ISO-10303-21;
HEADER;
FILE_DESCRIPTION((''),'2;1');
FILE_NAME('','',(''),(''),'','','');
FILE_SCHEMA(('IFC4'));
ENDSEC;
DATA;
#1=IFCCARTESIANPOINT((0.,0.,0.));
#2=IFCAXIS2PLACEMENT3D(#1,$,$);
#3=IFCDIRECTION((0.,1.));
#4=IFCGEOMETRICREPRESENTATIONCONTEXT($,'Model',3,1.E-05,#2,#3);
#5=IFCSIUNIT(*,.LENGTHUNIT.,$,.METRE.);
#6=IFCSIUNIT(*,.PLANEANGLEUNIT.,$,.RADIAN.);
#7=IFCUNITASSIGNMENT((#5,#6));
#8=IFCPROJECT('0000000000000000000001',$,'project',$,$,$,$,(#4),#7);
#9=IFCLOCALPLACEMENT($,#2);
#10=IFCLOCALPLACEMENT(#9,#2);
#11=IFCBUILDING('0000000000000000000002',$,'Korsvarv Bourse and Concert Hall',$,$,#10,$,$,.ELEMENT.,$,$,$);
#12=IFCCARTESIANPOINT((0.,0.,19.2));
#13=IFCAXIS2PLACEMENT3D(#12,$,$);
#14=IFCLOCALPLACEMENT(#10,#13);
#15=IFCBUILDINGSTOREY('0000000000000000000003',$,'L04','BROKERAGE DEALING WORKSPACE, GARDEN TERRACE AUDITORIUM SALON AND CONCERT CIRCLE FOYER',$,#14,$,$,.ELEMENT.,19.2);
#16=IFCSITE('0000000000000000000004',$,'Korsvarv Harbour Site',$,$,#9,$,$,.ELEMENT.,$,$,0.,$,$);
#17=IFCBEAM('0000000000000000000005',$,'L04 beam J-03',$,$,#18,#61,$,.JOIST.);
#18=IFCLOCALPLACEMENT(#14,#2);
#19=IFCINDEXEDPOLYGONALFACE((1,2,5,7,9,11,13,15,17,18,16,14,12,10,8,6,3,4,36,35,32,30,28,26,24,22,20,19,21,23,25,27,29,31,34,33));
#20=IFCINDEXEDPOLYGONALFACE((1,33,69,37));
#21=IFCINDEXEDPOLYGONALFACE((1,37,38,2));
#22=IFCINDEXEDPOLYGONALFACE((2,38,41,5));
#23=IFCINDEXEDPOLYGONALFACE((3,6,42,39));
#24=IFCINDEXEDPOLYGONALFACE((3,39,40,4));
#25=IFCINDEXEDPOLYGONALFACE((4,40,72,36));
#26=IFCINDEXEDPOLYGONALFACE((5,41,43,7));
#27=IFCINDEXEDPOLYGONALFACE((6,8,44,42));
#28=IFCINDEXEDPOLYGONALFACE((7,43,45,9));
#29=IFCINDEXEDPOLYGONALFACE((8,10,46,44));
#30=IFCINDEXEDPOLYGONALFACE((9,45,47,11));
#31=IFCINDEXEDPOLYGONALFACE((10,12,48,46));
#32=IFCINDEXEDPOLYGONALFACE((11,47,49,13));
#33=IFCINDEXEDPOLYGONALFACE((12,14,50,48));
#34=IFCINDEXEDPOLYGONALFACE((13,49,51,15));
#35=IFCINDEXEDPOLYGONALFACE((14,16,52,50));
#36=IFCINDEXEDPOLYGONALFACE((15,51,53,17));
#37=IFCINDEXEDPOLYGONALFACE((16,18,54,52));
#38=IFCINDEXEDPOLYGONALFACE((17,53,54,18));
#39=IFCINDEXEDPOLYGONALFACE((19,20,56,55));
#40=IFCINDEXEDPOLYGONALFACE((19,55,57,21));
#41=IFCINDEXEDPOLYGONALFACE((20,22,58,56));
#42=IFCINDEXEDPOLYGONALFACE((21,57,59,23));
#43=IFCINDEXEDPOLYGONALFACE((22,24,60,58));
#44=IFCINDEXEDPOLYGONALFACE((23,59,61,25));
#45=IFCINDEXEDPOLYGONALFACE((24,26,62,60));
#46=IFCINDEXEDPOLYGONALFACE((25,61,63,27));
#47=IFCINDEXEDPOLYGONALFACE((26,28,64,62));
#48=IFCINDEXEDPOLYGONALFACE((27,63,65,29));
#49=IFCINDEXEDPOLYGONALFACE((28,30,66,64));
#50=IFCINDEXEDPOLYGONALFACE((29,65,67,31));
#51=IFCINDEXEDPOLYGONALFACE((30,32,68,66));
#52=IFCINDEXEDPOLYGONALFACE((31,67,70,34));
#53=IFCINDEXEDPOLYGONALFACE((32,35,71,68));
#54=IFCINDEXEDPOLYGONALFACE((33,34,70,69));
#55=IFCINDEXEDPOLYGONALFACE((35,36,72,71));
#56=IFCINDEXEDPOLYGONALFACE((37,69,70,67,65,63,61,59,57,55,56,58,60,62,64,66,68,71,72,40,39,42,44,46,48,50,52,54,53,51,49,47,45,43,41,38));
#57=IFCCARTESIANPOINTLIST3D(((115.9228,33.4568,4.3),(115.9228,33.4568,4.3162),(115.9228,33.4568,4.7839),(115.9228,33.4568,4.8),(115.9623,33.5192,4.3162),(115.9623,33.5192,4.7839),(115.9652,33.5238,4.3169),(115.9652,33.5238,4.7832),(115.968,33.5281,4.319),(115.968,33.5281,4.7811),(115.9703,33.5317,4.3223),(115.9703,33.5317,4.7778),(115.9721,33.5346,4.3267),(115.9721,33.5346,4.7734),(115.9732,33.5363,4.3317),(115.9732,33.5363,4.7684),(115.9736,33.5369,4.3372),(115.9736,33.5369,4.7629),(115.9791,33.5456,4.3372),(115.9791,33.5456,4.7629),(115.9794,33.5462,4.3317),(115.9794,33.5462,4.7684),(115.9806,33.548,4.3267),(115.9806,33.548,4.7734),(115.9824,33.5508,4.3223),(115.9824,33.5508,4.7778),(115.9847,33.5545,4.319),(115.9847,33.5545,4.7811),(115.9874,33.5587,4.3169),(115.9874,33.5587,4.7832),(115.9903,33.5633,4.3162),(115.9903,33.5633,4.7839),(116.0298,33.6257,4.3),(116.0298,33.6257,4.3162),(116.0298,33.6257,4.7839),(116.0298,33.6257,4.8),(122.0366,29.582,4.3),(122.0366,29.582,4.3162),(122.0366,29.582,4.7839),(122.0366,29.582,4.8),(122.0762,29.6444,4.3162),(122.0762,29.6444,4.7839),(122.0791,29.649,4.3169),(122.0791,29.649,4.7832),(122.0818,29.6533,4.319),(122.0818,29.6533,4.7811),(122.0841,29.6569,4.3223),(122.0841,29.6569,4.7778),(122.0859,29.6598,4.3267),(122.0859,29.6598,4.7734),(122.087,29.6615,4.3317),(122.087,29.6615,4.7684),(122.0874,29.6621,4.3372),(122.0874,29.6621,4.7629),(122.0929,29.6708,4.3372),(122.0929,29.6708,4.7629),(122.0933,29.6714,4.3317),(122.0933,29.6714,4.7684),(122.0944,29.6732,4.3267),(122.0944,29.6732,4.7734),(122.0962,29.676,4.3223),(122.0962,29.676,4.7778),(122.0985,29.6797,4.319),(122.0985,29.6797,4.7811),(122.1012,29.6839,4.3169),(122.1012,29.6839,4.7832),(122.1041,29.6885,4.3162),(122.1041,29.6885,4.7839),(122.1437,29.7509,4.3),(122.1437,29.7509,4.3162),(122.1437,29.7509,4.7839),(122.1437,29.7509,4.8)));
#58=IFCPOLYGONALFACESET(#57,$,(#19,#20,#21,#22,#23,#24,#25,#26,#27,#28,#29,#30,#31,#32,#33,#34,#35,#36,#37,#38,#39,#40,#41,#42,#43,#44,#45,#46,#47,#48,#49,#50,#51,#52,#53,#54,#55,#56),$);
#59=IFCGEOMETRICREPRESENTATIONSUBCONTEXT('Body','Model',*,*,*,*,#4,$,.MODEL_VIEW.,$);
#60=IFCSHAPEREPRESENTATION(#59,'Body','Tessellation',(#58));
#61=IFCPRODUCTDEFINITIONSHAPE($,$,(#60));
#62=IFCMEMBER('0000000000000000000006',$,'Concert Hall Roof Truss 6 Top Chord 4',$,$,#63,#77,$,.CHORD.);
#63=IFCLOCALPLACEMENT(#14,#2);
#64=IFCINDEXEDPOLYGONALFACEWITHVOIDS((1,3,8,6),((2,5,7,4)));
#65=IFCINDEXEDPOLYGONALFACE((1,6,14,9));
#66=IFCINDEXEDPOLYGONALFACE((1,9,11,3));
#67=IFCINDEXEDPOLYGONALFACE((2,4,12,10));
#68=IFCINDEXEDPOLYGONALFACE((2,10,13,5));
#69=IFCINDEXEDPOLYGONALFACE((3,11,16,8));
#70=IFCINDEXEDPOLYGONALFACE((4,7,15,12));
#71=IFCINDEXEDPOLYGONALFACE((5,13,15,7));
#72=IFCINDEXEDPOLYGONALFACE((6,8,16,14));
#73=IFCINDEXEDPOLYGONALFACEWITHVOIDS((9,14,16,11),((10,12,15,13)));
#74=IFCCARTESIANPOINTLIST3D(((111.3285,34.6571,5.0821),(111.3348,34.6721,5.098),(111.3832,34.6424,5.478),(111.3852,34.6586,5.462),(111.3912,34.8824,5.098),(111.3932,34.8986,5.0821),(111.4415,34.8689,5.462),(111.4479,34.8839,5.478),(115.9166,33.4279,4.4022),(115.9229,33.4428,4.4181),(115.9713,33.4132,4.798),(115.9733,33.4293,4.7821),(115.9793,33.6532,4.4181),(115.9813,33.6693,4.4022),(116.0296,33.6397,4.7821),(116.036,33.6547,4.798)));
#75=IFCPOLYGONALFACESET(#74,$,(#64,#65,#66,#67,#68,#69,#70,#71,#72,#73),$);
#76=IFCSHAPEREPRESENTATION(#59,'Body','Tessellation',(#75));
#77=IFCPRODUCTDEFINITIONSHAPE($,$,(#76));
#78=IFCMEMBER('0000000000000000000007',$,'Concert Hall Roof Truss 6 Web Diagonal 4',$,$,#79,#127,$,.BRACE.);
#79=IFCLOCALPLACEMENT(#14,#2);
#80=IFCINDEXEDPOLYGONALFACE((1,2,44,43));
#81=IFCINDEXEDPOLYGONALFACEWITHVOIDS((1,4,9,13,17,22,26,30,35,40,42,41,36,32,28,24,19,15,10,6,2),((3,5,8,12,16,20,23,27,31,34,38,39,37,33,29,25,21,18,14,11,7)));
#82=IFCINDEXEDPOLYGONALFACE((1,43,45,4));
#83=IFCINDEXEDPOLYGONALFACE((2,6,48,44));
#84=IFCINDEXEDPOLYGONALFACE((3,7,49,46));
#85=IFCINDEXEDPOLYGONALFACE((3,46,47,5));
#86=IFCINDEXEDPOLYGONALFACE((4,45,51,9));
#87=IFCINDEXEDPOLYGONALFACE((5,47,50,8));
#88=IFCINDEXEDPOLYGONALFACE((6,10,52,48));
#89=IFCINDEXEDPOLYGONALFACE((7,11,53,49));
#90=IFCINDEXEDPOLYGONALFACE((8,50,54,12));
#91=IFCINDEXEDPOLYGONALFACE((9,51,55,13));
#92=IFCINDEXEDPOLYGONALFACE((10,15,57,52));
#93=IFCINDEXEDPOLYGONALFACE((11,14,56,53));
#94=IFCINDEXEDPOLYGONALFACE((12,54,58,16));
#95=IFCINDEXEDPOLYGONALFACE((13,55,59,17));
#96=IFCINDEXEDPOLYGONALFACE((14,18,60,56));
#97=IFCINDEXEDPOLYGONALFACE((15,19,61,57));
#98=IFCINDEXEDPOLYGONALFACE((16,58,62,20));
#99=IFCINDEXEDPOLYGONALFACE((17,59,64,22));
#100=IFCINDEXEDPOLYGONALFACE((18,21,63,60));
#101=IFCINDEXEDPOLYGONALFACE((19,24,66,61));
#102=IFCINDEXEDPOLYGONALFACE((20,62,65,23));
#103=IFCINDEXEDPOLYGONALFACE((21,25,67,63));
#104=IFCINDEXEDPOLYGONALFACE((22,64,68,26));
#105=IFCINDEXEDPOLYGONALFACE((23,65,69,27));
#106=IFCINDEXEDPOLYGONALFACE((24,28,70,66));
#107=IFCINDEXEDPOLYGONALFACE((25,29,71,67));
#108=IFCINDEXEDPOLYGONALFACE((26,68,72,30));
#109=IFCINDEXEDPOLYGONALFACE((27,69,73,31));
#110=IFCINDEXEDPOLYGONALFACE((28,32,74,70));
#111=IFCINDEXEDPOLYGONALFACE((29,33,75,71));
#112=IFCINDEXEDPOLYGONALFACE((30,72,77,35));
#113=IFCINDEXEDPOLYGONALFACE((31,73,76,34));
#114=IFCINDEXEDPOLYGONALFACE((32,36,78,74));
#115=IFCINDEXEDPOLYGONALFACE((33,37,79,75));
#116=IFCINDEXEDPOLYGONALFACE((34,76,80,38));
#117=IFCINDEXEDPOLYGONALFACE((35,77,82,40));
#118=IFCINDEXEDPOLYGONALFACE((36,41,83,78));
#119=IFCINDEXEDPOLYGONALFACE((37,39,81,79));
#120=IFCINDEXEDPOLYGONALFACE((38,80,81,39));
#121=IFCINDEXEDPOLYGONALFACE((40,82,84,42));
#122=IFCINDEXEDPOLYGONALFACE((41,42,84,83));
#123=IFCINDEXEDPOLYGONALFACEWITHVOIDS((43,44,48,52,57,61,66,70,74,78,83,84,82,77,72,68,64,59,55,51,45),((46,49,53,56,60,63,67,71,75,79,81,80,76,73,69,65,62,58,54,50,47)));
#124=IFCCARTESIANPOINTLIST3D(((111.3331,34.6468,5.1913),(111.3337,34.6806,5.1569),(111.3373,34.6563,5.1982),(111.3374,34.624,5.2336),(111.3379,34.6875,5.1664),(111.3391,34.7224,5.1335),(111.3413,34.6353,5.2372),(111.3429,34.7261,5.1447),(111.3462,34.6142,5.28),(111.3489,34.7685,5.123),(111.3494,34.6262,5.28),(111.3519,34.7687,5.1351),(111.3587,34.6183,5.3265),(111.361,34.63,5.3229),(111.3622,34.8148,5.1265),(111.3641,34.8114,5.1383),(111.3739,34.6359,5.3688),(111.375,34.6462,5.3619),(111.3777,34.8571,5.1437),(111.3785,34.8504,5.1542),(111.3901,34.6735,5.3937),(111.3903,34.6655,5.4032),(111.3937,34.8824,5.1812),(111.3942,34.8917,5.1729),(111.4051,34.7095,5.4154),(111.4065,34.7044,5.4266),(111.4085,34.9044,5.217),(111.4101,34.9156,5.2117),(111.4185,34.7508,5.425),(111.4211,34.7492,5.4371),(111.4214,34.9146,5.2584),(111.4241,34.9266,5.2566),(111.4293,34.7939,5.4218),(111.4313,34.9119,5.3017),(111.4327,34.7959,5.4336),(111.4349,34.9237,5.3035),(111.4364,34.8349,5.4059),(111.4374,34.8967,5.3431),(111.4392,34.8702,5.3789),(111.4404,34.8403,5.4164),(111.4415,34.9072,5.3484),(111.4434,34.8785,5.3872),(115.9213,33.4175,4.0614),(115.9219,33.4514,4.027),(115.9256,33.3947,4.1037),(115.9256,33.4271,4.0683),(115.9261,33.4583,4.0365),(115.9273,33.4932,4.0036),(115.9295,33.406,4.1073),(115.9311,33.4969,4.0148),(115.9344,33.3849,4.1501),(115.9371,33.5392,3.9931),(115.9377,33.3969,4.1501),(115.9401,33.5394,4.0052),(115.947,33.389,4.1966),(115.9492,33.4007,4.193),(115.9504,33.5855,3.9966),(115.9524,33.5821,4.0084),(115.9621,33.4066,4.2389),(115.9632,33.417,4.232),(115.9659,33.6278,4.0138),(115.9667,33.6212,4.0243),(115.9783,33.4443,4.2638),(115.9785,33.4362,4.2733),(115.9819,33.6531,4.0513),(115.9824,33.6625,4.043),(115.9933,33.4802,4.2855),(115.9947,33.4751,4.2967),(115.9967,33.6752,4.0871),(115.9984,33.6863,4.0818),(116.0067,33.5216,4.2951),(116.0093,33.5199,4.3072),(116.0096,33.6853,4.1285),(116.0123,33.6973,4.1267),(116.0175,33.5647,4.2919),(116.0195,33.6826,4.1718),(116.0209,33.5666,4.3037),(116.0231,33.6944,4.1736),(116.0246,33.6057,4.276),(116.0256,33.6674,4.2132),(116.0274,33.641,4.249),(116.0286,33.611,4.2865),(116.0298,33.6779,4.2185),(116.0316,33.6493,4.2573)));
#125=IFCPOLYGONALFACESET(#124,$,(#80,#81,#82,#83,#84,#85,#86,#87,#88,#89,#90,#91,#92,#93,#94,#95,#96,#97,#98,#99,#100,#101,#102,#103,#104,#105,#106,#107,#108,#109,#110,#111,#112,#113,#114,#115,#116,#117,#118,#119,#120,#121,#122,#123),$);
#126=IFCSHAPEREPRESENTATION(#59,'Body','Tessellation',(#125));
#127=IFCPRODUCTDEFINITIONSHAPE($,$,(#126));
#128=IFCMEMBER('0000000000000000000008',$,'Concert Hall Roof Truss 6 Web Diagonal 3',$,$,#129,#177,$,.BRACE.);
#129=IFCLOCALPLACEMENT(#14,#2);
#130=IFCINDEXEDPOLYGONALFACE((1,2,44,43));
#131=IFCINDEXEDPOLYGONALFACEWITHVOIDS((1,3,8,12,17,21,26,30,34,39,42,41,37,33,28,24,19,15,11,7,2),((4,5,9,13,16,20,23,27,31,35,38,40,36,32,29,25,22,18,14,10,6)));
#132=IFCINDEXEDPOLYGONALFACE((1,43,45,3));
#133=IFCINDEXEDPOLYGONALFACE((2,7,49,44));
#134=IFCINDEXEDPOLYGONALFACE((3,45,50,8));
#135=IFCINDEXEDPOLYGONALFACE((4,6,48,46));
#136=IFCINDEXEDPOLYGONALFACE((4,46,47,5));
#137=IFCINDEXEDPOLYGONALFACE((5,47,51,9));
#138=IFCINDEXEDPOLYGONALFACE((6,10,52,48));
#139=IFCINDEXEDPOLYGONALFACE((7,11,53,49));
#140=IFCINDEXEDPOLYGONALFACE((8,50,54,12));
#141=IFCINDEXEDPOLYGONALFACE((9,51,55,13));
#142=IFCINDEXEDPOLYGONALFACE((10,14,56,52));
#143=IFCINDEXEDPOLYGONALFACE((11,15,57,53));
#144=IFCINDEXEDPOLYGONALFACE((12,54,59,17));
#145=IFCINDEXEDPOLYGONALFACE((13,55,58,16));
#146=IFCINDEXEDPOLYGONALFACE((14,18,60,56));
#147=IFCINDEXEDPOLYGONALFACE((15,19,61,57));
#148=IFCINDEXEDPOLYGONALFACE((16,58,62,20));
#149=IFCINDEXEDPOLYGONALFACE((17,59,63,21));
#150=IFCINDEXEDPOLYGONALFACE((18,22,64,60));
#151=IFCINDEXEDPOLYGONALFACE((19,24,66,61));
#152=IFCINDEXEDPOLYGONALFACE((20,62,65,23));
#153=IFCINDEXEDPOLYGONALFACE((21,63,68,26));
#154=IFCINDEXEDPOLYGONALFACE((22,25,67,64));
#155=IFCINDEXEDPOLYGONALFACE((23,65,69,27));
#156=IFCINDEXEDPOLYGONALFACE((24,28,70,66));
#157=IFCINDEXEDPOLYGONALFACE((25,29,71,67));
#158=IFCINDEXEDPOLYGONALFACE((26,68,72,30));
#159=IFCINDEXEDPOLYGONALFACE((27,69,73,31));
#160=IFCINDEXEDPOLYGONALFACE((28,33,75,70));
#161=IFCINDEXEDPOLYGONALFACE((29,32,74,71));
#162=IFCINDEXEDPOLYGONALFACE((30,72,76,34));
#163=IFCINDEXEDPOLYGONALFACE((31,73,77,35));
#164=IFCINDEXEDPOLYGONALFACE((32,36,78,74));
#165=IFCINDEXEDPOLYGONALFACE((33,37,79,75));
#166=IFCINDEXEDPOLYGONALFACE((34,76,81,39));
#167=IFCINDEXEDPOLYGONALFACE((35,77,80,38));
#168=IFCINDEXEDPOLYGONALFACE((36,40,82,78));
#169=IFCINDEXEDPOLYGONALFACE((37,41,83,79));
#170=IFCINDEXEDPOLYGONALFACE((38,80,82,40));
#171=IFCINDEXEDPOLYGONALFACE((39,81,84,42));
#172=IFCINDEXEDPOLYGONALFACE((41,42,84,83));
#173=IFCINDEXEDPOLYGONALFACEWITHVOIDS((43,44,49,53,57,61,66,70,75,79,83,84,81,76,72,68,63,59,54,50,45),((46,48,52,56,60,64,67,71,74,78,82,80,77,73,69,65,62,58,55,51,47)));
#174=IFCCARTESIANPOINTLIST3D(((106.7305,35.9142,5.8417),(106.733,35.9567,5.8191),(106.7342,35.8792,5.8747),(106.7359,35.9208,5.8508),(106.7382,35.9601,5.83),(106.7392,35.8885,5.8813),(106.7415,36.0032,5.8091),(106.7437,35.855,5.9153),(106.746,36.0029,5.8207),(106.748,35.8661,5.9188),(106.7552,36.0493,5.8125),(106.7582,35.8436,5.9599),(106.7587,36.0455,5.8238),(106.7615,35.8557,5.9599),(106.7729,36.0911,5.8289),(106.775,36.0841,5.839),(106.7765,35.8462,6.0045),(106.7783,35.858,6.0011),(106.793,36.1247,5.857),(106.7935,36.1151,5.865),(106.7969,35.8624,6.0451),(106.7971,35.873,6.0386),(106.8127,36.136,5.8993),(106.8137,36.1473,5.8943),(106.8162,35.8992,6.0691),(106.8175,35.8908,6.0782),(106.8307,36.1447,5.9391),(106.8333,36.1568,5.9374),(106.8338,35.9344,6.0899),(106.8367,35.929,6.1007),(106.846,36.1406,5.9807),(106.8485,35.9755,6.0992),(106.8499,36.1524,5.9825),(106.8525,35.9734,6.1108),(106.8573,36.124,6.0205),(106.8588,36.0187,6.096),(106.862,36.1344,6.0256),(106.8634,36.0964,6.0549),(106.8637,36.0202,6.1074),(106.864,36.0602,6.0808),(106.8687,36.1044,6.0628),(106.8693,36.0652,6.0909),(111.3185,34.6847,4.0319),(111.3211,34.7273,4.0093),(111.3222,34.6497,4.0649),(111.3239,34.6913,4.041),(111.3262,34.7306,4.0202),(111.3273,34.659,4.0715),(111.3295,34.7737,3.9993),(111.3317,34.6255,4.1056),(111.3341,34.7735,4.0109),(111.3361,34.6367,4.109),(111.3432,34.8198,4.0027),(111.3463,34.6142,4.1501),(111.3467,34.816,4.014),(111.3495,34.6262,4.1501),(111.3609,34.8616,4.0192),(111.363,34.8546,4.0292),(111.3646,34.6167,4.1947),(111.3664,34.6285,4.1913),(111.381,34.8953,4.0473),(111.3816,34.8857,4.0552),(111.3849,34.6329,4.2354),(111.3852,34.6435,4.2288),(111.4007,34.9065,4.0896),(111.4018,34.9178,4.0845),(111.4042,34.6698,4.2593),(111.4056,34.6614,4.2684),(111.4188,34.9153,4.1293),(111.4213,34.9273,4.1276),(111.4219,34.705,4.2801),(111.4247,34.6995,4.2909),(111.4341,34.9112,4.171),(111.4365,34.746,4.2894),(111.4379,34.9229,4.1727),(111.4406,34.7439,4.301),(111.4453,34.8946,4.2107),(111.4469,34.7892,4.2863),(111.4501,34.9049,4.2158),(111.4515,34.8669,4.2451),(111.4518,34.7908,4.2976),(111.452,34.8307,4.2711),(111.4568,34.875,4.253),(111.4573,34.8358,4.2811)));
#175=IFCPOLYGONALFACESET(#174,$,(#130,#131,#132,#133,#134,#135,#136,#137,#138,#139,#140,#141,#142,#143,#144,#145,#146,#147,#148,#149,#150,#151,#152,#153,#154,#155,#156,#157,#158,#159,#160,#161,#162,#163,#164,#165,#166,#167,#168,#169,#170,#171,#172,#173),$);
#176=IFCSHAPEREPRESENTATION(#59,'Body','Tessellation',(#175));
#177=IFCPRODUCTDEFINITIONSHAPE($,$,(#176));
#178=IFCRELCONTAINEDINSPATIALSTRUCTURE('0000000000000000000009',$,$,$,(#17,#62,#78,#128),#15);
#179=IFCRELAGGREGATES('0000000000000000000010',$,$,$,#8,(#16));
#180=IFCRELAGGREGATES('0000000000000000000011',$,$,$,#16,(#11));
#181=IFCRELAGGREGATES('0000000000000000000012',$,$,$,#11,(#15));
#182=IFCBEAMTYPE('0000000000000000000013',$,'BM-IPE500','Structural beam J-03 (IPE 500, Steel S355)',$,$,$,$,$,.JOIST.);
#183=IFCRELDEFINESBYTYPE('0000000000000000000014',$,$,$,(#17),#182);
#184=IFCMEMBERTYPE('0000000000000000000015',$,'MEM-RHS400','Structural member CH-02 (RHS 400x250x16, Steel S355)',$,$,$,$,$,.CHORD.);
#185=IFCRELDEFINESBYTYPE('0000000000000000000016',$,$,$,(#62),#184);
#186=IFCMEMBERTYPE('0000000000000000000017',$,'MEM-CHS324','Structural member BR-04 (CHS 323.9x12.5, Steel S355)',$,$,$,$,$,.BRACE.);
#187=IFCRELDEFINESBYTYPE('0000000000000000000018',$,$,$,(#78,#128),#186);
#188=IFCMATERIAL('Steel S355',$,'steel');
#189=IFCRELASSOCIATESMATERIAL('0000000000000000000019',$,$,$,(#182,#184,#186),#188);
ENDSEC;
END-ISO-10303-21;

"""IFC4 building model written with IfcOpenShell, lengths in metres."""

from ifc_helpers import new_model, si_unit, direction, frame, origin, origin_2d, place, context, subcontext, project, spatial, hollow_rectangle, hollow_circle, i_section, extrude, source, transform, mapped, material, material_profile, profile_set, type_object, element, save


model = new_model("IFC4")

# Units and contexts
model_context = context("Model", 3, precision=1e-05, world=origin(), true_north=direction((0.0, 1.0)))
body_context = subcontext(model_context, "Body", "Model", "MODEL_VIEW")
ifc_project = project(units=[si_unit("LENGTHUNIT", "METRE"), si_unit("PLANEANGLEUNIT", "RADIAN")], contexts=[model_context])

# Site, building, storey
site_placement = place(None, origin())
site = spatial("IfcSite", under=ifc_project, at=site_placement, Name="Korsvarv Harbour Site", CompositionType="ELEMENT", RefElevation=0.0)
building_placement = place(site_placement, origin())
building = spatial("IfcBuilding", under=site, at=building_placement, Name="Korsvarv Bourse and Concert Hall", CompositionType="ELEMENT")
storey_placement = place(building_placement, frame((0.0, 0.0, 19.2)))
storey = spatial("IfcBuildingStorey", under=building, at=storey_placement, Name="L04", Description="BROKERAGE DEALING WORKSPACE, GARDEN TERRACE AUDITORIUM SALON AND CONCERT CIRCLE FOYER", CompositionType="ELEMENT", Elevation=19.2)

# Beam
ifc_material_1 = material(Name="Steel S355", Category="steel")
ifc_material_profile_1 = material_profile(ifc_material_1, i_section(OverallWidth=0.2, OverallDepth=0.5, WebThickness=0.0103, FlangeThickness=0.0161, FilletRadius=0.021, at=origin_2d()), Name="IPE 500")
ifc_profile_set_1 = profile_set([ifc_material_profile_1], Name="Steel S355")
beam_type_1 = type_object("IfcBeamType", Name="BM-IPE500", Description="Structural beam J-03 (IPE 500, Steel S355)", PredefinedType="JOIST", material=ifc_profile_set_1)
shared_shape_1 = source(origin(), body_context, "Body", "SweptSolid", [
    extrude(i_section(OverallWidth=0.2, OverallDepth=0.5, WebThickness=0.0103, FlangeThickness=0.0161, FilletRadius=0.021, at=origin_2d()), origin(), (0.0, 0.0, 1.0), 7.2383),
])
beam_1_placement = place(storey_placement, frame((115.9763, 33.5413, 4.55), z_axis=(0.84465, -0.535318, 0.0), x_axis=(0.535318, 0.84465, 0.0)))
element("IfcBeam", 1, at=beam_1_placement, inside=storey, type_object=beam_type_1, Name="L04 beam J-03", PredefinedType="JOIST", context=body_context, shape_type="MappedRepresentation", body=[
    mapped(shared_shape_1, transform((0.0, 0.0, 0.0), scale=1.0)),
])

# Members
ifc_material_profile_2 = material_profile(ifc_material_1, hollow_rectangle(XDim=0.25, YDim=0.3999, WallThickness=0.0161, at=origin_2d()), Name="RHS 400x250x16")
ifc_profile_set_2 = profile_set([ifc_material_profile_2], Name="Steel S355")
member_type_1 = type_object("IfcMemberType", Name="MEM-RHS400", Description="Structural member CH-02 (RHS 400x250x16, Steel S355)", PredefinedType="CHORD", material=ifc_profile_set_2)
shared_shape_2 = source(origin(), body_context, "Body", "SweptSolid", [
    extrude(hollow_rectangle(XDim=0.25, YDim=0.3999, WallThickness=0.0161, at=origin_2d()), origin(), (0.0, 0.0, 1.0), 4.7983),
])
member_1_placement = place(storey_placement, frame((111.3882, 34.7705, 5.28), z_axis=(0.956186, -0.25618, -0.141701), x_axis=(0.258792, 0.965933, 0.0)))
element("IfcMember", 2, at=member_1_placement, inside=storey, type_object=member_type_1, Name="Concert Hall Roof Truss 6 Top Chord 4", PredefinedType="CHORD", context=body_context, shape_type="MappedRepresentation", body=[
    mapped(shared_shape_2, transform((0.0, 0.0, 0.0), scale=1.0)),
])
ifc_material_profile_3 = material_profile(ifc_material_1, hollow_circle(Radius=0.1619, WallThickness=0.0125, at=origin_2d()), Name="CHS 323.9x12.5")
ifc_profile_set_3 = profile_set([ifc_material_profile_3], Name="Steel S355")
member_type_2 = type_object("IfcMemberType", Name="MEM-CHS324", Description="Structural member BR-04 (CHS 323.9x12.5, Steel S355)", PredefinedType="BRACE", material=ifc_profile_set_3)
shared_shape_3 = source(origin(), body_context, "Body", "SweptSolid", [
    extrude(hollow_circle(Radius=0.1619, WallThickness=0.0125, at=origin_2d()), origin(), (0.0, 0.0, 1.0), 4.8826),
])
member_2_placement = place(storey_placement, frame((115.9763, 33.5413, 4.1501), z_axis=(-0.939713, 0.251767, 0.231415), x_axis=(-0.258792, -0.965933, 0.0)))
element("IfcMember", 3, at=member_2_placement, inside=storey, type_object=member_type_2, Name="Concert Hall Roof Truss 6 Web Diagonal 4", PredefinedType="BRACE", context=body_context, shape_type="MappedRepresentation", body=[
    mapped(shared_shape_3, transform((0.0, 0.0, 0.0), scale=1.0)),
])
shared_shape_4 = source(origin(), body_context, "Body", "SweptSolid", [
    extrude(hollow_circle(Radius=0.1619, WallThickness=0.0125, at=origin_2d()), origin(), (0.0, 0.0, 1.0), 5.083),
])
member_3_placement = place(storey_placement, frame((111.3882, 34.7705, 4.1501), z_axis=(-0.902623, 0.241878, 0.356044), x_axis=(-0.25884, -0.96592, 0.0)))
element("IfcMember", 4, at=member_3_placement, inside=storey, type_object=member_type_2, Name="Concert Hall Roof Truss 6 Web Diagonal 3", PredefinedType="BRACE", context=body_context, shape_type="MappedRepresentation", body=[
    mapped(shared_shape_4, transform((0.0, 0.0, 0.0), scale=1.0)),
])

save(model, "model.ifc")
